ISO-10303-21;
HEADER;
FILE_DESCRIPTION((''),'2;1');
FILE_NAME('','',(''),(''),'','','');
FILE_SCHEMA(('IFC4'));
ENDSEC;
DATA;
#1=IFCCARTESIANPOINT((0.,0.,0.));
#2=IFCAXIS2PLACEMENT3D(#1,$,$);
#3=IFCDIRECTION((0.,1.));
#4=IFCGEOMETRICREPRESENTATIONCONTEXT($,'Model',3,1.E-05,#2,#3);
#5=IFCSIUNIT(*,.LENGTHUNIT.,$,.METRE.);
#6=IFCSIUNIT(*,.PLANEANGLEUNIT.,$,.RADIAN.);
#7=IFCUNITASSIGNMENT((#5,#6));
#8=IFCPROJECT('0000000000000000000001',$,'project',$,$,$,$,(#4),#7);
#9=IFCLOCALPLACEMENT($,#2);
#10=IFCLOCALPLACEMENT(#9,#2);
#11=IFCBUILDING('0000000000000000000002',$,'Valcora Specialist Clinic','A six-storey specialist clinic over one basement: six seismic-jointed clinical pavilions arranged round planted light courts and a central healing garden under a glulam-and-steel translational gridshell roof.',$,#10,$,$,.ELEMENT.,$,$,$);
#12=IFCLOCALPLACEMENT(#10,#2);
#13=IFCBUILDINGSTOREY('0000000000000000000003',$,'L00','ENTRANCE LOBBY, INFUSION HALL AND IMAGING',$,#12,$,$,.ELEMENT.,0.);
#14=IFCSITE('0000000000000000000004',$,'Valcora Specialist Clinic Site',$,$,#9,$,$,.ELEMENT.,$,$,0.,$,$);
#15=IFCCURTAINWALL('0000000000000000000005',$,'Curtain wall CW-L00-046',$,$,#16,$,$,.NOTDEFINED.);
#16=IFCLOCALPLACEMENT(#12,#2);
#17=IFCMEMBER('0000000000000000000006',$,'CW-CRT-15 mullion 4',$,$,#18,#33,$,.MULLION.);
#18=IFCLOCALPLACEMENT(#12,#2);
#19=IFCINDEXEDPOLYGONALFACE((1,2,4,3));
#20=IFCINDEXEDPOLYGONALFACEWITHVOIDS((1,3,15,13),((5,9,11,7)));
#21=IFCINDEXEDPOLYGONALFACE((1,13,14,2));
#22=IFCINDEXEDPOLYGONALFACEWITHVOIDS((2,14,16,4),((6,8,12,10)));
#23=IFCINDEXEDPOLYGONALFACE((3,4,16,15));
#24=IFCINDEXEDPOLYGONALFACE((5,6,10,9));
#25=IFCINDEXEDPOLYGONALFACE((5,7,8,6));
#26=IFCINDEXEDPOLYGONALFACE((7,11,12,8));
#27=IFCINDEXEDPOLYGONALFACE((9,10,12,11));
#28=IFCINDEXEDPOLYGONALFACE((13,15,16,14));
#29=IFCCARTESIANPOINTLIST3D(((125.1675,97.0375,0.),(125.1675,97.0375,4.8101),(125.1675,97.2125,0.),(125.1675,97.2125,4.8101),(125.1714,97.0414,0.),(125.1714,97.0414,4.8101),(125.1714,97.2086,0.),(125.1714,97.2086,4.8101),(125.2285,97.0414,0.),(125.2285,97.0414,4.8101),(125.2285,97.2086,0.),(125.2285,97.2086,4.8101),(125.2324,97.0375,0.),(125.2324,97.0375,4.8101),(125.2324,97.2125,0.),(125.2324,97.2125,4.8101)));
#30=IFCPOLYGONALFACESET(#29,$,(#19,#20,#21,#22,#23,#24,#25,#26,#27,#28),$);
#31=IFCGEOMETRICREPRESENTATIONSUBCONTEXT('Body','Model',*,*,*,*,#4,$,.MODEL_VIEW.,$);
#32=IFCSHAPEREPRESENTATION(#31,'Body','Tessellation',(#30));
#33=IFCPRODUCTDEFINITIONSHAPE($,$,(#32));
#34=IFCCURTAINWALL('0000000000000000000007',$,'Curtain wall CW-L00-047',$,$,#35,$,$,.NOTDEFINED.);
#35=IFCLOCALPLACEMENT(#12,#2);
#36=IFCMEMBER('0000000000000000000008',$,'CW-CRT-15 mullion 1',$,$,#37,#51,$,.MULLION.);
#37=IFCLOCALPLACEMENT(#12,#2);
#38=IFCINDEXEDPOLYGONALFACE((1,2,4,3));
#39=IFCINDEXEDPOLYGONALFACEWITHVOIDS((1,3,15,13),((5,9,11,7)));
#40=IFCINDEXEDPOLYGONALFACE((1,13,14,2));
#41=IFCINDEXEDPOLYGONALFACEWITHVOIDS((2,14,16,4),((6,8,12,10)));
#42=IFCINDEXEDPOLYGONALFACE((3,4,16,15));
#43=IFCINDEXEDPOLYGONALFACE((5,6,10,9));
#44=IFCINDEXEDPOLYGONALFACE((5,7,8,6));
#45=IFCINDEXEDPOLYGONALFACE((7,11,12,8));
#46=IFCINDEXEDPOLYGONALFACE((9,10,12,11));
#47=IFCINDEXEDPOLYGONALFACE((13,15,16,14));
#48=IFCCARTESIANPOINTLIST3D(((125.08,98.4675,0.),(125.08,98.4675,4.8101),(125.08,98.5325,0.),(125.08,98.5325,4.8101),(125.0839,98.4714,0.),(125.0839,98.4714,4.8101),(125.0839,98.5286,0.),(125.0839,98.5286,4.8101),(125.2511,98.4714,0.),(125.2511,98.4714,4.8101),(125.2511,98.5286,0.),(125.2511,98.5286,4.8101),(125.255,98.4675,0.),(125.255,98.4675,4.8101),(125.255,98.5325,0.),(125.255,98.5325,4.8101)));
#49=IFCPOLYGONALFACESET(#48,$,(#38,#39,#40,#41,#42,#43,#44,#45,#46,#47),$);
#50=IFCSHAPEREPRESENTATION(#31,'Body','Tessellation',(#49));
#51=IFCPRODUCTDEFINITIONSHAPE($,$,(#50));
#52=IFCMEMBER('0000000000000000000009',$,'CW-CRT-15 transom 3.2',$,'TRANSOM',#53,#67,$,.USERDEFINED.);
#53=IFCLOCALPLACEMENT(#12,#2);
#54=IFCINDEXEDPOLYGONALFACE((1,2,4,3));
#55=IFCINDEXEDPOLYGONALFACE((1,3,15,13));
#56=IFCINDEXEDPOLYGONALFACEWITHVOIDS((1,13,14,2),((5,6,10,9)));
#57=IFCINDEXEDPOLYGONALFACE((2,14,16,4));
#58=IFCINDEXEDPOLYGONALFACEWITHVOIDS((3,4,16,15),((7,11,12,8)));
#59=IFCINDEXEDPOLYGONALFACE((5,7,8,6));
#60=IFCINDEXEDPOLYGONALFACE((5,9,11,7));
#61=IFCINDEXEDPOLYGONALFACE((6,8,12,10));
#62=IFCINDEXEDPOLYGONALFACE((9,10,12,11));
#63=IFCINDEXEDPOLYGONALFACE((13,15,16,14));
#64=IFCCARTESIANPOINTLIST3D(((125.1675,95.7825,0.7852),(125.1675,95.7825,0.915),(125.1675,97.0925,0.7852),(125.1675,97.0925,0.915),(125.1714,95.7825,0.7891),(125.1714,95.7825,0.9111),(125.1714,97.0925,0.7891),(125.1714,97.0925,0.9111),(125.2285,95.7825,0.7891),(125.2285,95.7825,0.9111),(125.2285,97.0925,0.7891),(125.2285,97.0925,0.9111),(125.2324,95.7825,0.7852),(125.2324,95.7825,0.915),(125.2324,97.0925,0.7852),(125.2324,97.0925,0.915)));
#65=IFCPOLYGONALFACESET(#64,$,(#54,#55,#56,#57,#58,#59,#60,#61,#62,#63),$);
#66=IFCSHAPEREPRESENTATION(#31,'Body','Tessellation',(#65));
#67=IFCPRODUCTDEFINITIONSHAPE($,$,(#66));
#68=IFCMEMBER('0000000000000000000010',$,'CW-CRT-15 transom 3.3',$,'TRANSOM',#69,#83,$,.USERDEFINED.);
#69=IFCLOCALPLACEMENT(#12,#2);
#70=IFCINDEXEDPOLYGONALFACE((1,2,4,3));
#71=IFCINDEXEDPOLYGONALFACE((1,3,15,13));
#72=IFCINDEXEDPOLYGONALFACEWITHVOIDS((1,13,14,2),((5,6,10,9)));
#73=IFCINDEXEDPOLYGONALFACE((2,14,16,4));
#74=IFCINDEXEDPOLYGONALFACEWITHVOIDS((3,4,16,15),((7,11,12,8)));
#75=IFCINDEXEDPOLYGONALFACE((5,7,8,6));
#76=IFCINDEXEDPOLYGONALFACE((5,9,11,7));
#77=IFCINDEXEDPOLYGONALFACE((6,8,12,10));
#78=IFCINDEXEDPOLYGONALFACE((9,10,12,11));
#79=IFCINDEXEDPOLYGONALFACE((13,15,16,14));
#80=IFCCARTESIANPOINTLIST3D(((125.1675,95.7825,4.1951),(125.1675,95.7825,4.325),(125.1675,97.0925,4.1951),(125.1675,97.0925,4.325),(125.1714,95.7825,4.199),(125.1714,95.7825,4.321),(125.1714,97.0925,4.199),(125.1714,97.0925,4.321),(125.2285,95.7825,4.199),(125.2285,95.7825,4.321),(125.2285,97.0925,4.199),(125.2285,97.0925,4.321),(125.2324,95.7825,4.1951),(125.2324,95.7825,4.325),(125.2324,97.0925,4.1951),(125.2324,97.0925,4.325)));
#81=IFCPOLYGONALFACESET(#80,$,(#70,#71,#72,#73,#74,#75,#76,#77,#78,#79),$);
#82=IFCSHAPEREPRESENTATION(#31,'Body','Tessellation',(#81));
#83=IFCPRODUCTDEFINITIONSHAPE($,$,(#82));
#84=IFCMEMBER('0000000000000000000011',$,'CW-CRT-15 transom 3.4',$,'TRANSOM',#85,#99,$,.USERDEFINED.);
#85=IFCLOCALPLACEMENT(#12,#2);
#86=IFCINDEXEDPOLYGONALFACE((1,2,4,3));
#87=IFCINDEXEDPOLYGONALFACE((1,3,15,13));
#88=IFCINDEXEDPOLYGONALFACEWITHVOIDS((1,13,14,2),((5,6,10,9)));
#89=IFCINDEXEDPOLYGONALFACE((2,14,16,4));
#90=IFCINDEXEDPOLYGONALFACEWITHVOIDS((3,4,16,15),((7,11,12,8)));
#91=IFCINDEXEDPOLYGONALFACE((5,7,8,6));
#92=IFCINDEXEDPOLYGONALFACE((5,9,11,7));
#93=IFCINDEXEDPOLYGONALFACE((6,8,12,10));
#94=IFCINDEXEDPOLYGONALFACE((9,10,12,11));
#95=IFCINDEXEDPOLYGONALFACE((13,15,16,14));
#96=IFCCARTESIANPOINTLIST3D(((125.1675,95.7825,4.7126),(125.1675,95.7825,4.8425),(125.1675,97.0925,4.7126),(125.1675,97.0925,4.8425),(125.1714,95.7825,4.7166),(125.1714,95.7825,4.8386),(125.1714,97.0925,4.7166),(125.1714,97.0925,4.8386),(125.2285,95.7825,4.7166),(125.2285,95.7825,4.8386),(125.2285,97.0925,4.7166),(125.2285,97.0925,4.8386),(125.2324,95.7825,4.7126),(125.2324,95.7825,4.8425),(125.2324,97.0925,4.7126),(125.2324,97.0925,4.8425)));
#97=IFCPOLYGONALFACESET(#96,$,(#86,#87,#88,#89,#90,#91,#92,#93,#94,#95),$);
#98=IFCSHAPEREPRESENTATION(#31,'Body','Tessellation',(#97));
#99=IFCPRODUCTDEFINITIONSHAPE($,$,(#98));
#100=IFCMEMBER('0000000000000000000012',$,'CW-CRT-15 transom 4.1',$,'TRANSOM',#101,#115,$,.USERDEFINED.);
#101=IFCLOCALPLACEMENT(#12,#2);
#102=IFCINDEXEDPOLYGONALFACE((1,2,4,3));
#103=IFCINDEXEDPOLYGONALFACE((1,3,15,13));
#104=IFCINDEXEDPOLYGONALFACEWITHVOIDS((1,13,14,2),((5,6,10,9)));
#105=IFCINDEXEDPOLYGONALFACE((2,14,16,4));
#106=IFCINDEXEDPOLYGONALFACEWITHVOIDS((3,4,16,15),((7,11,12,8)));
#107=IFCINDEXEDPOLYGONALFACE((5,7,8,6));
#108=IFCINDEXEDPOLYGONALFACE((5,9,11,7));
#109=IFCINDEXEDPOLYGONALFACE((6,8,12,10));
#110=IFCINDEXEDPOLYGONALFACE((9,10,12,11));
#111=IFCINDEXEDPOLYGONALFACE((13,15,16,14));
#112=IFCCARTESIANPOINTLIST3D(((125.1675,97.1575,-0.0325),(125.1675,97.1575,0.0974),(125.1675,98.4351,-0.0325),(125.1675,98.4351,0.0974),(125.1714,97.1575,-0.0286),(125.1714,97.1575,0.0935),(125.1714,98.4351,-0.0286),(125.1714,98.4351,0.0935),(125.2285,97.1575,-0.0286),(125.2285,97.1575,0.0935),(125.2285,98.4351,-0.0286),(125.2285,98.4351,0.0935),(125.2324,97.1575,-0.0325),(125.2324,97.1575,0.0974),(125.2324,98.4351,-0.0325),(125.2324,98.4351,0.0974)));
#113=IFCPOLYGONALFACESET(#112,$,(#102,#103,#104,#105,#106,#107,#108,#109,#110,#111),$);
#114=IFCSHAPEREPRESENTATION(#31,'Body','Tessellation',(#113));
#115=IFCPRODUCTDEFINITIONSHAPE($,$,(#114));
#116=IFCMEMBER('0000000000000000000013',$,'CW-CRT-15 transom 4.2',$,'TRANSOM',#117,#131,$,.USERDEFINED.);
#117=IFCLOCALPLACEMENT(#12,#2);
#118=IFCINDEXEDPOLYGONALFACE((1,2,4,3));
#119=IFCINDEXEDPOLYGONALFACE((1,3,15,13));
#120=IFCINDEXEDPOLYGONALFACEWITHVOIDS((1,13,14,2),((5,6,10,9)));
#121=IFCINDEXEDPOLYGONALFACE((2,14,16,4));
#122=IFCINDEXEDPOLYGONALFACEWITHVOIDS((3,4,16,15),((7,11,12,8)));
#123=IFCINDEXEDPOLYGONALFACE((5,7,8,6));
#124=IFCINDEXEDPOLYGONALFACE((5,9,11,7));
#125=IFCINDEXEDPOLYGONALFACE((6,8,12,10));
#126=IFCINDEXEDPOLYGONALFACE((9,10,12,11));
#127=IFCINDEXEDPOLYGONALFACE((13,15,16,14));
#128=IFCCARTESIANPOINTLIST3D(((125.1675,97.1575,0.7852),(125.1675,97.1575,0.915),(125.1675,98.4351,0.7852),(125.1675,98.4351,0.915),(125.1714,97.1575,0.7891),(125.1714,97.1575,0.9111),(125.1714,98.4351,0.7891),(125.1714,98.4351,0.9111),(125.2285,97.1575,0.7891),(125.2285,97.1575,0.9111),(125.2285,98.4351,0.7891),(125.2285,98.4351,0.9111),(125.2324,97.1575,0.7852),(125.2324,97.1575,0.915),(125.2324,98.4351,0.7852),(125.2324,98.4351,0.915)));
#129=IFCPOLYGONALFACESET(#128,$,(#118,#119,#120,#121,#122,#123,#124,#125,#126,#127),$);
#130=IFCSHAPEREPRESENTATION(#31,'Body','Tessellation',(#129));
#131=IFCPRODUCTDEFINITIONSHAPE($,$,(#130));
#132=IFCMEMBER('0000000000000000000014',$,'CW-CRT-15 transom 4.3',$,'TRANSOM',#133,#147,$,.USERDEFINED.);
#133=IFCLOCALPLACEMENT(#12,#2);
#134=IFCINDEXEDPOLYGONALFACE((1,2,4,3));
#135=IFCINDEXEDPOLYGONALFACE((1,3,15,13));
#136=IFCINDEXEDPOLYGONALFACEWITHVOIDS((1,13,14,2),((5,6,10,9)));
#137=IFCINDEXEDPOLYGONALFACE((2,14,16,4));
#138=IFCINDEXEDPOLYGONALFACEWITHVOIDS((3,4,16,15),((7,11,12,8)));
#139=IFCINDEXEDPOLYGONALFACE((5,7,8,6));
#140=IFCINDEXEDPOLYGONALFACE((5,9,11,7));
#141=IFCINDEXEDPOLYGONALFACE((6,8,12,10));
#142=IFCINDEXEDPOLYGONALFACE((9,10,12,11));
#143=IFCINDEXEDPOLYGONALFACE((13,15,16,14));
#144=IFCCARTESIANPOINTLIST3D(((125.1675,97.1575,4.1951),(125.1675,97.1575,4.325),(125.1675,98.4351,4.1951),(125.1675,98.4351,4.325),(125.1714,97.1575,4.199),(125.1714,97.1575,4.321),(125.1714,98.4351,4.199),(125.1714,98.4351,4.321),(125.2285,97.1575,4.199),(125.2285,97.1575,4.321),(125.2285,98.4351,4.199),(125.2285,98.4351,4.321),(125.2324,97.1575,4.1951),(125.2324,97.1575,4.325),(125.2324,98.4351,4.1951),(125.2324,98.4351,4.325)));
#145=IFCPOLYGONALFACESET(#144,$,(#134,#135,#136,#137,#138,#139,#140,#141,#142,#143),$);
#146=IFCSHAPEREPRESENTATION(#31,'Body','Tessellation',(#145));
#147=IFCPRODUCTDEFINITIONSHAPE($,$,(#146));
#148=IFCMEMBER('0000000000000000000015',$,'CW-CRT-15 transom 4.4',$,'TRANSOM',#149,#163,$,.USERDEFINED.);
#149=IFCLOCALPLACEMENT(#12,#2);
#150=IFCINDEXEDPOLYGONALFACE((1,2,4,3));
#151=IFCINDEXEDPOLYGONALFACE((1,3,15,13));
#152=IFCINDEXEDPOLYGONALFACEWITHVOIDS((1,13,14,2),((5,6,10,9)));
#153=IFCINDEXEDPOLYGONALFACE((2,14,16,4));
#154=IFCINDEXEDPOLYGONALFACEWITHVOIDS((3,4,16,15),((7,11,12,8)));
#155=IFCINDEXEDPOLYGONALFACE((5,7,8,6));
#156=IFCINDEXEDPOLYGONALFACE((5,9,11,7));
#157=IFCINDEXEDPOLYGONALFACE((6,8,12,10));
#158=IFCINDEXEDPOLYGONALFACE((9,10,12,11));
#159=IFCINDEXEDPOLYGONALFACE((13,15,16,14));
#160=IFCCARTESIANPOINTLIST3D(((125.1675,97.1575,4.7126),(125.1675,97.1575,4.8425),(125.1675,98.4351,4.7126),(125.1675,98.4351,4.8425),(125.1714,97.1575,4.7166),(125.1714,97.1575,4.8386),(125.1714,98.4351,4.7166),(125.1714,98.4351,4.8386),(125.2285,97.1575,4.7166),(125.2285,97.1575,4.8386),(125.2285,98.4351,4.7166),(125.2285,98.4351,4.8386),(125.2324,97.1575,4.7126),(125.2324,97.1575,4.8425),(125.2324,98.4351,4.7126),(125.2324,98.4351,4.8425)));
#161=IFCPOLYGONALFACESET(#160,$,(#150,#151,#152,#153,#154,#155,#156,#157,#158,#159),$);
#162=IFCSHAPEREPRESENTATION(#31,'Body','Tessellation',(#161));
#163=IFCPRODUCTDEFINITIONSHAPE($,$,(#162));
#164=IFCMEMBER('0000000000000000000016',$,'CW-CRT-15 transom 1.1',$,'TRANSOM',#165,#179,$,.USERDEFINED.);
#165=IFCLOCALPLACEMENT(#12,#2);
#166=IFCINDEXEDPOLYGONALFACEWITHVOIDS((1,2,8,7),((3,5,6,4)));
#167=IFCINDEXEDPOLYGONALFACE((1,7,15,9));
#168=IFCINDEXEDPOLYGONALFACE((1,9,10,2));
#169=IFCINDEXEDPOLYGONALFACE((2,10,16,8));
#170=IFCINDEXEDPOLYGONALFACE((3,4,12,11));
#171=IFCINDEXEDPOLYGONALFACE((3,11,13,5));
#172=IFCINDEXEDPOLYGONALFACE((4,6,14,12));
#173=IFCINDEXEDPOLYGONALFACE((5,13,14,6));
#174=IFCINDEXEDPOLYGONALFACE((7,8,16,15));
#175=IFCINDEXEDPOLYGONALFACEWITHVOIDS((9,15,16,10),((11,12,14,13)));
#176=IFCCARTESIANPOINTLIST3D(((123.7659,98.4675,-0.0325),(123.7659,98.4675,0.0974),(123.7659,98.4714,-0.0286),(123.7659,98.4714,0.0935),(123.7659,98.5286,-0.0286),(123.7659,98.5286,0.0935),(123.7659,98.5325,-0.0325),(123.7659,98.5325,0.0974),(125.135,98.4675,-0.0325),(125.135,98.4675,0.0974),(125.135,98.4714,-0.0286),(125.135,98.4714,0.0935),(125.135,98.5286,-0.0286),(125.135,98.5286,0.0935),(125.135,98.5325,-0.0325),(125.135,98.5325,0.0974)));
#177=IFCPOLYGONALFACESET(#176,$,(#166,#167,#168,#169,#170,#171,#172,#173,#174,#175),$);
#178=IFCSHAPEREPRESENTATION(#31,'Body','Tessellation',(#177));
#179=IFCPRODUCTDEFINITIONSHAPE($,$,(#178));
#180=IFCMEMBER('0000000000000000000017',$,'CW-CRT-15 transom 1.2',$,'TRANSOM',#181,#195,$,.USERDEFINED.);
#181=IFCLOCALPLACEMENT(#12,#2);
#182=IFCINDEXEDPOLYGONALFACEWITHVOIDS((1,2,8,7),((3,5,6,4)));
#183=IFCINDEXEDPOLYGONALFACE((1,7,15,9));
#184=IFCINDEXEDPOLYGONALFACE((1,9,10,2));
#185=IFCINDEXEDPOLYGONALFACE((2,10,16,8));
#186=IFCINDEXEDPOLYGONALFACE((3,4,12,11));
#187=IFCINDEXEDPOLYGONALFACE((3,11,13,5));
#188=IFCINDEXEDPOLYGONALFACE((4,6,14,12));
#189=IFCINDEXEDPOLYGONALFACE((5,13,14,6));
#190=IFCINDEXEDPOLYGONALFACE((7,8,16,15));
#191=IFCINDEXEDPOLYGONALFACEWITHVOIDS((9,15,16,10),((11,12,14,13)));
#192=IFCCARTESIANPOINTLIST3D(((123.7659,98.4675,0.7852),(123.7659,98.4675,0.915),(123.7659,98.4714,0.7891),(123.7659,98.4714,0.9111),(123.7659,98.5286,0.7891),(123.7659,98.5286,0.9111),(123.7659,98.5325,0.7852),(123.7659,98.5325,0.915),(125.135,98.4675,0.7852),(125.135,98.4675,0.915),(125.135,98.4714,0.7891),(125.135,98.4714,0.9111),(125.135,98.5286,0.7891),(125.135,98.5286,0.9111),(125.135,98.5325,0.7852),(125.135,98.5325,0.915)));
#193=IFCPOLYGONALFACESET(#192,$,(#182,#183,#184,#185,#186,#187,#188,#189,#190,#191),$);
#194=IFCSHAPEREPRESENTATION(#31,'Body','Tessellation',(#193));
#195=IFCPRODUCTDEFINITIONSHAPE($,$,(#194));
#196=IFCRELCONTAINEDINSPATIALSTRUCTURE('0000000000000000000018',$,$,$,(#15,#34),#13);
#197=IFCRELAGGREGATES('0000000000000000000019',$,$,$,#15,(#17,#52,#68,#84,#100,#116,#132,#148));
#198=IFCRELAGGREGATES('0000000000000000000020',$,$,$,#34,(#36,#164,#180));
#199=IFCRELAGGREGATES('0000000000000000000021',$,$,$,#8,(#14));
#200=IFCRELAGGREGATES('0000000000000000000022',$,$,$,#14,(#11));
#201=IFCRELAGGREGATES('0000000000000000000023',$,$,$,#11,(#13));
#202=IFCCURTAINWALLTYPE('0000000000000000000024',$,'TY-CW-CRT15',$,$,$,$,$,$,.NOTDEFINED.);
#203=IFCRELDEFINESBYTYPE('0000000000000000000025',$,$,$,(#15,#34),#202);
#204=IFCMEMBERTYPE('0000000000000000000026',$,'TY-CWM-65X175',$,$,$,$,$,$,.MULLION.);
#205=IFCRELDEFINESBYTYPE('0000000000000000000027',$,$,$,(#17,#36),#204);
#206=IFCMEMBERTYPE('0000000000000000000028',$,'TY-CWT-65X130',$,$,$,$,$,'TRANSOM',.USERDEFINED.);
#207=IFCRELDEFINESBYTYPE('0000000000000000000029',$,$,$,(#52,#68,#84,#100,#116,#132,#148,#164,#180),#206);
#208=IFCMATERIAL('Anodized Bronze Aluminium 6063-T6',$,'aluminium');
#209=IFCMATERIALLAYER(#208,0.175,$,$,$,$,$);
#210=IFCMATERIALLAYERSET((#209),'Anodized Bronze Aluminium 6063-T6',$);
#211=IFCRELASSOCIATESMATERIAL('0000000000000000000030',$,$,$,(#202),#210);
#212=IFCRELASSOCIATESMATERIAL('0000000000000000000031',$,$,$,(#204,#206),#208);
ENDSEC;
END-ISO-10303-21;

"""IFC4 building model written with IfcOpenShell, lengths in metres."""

from ifc_helpers import new_model, si_unit, direction, frame, origin, origin_2d, place, context, subcontext, project, spatial, hollow_rectangle, extrude, material, layer, layer_set, material_profile, profile_set, type_object, element, aggregate, save


model = new_model("IFC4")

# Units and contexts
model_context = context("Model", 3, precision=1e-05, world=origin(), true_north=direction((0.0, 1.0)))
body_context = subcontext(model_context, "Body", "Model", "MODEL_VIEW")
ifc_project = project(units=[si_unit("LENGTHUNIT", "METRE"), si_unit("PLANEANGLEUNIT", "RADIAN")], contexts=[model_context])

# Site, building, storey
site_placement = place(None, origin())
site = spatial("IfcSite", under=ifc_project, at=site_placement, Name="Valcora Specialist Clinic Site", CompositionType="ELEMENT", RefElevation=0.0)
building_placement = place(site_placement, origin())
building = spatial("IfcBuilding", under=site, at=building_placement, Name="Valcora Specialist Clinic", Description="A six-storey specialist clinic over one basement: six seismic-jointed clinical pavilions arranged round planted light courts and a central healing garden under a glulam-and-steel translational gridshell roof.", CompositionType="ELEMENT")
storey_placement = place(building_placement, origin())
storey = spatial("IfcBuildingStorey", under=building, at=storey_placement, Name="L00", Description="ENTRANCE LOBBY, INFUSION HALL AND IMAGING", CompositionType="ELEMENT", Elevation=0.0)

# Curtain walls, members
ifc_material_1 = material(Name="Anodized Bronze Aluminium 6063-T6", Category="aluminium")
ifc_layer_1 = layer(ifc_material_1, 0.175)
ifc_layer_set_1 = layer_set([ifc_layer_1], Name="Anodized Bronze Aluminium 6063-T6")
curtain_wall_type = type_object("IfcCurtainWallType", Name="TY-CW-CRT15", PredefinedType="NOTDEFINED", material=ifc_layer_set_1)
curtain_wall_1_placement = place(storey_placement, origin())
curtain_wall_1 = element("IfcCurtainWall", 1, at=curtain_wall_1_placement, inside=storey, type_object=curtain_wall_type, Name="Curtain wall CW-L00-046", PredefinedType="NOTDEFINED")
ifc_material_profile_1 = material_profile(ifc_material_1, hollow_rectangle(XDim=0.0649, YDim=0.175, WallThickness=0.0039, at=origin_2d()), Name="AL-MUL-65X175")
ifc_profile_set_1 = profile_set([ifc_material_profile_1], Name="Anodized Bronze Aluminium 6063-T6")
member_type_1 = type_object("IfcMemberType", Name="TY-CWM-65X175", PredefinedType="MULLION", material=ifc_profile_set_1)
member_1_placement = place(storey_placement, frame((125.2, 97.125, 0.0), z_axis=(0.0, 0.0, 1.0), x_axis=(-1.0, 0.0, 0.0)))
member_1 = element("IfcMember", 2, at=member_1_placement, type_object=member_type_1, Name="CW-CRT-15 mullion 4", PredefinedType="MULLION", context=body_context, shape_type="SweptSolid", body=[
    extrude(hollow_rectangle(XDim=0.0649, YDim=0.175, WallThickness=0.0039, at=origin_2d()), origin(), (0.0, 0.0, 1.0), 4.8101),
])
curtain_wall_2_placement = place(storey_placement, origin())
curtain_wall_2 = element("IfcCurtainWall", 3, at=curtain_wall_2_placement, inside=storey, type_object=curtain_wall_type, Name="Curtain wall CW-L00-047", PredefinedType="NOTDEFINED")
member_2_placement = place(storey_placement, frame((125.1675, 98.5, 0.0), z_axis=(0.0, 0.0, 1.0), x_axis=(0.0, -1.0, 0.0)))
member_2 = element("IfcMember", 4, at=member_2_placement, type_object=member_type_1, Name="CW-CRT-15 mullion 1", PredefinedType="MULLION", context=body_context, shape_type="SweptSolid", body=[
    extrude(hollow_rectangle(XDim=0.0649, YDim=0.175, WallThickness=0.0039, at=origin_2d()), origin(), (0.0, 0.0, 1.0), 4.8101),
])

# Members
ifc_material_profile_2 = material_profile(ifc_material_1, hollow_rectangle(XDim=0.0649, YDim=0.1299, WallThickness=0.0039, at=origin_2d()), Name="AL-TRN-65X130")
ifc_profile_set_2 = profile_set([ifc_material_profile_2], Name="Anodized Bronze Aluminium 6063-T6")
member_type_2 = type_object("IfcMemberType", Name="TY-CWT-65X130", ElementType="TRANSOM", PredefinedType="USERDEFINED", material=ifc_profile_set_2)
member_3_placement = place(storey_placement, frame((125.2, 95.7825, 0.8501), z_axis=(0.0, 1.0, 0.0), x_axis=(-1.0, 0.0, 0.0)))
member_3 = element("IfcMember", 5, at=member_3_placement, type_object=member_type_2, Name="CW-CRT-15 transom 3.2", ObjectType="TRANSOM", PredefinedType="USERDEFINED", context=body_context, shape_type="SweptSolid", body=[
    extrude(hollow_rectangle(XDim=0.0649, YDim=0.1299, WallThickness=0.0039, at=origin_2d()), origin(), (0.0, 0.0, 1.0), 1.3101),
])
member_4_placement = place(storey_placement, frame((125.2, 95.7825, 4.26), z_axis=(0.0, 1.0, 0.0), x_axis=(-1.0, 0.0, 0.0)))
member_4 = element("IfcMember", 6, at=member_4_placement, type_object=member_type_2, Name="CW-CRT-15 transom 3.3", ObjectType="TRANSOM", PredefinedType="USERDEFINED", context=body_context, shape_type="SweptSolid", body=[
    extrude(hollow_rectangle(XDim=0.0649, YDim=0.1299, WallThickness=0.0039, at=origin_2d()), origin(), (0.0, 0.0, 1.0), 1.3101),
])
member_5_placement = place(storey_placement, frame((125.2, 95.7825, 4.7776), z_axis=(0.0, 1.0, 0.0), x_axis=(-1.0, 0.0, 0.0)))
member_5 = element("IfcMember", 7, at=member_5_placement, type_object=member_type_2, Name="CW-CRT-15 transom 3.4", ObjectType="TRANSOM", PredefinedType="USERDEFINED", context=body_context, shape_type="SweptSolid", body=[
    extrude(hollow_rectangle(XDim=0.0649, YDim=0.1299, WallThickness=0.0039, at=origin_2d()), origin(), (0.0, 0.0, 1.0), 1.3101),
])
member_6_placement = place(storey_placement, frame((125.2, 97.1575, 0.0325), z_axis=(0.0, 1.0, 0.0), x_axis=(-1.0, 0.0, 0.0)))
member_6 = element("IfcMember", 8, at=member_6_placement, type_object=member_type_2, Name="CW-CRT-15 transom 4.1", ObjectType="TRANSOM", PredefinedType="USERDEFINED", context=body_context, shape_type="SweptSolid", body=[
    extrude(hollow_rectangle(XDim=0.0649, YDim=0.1299, WallThickness=0.0039, at=origin_2d()), origin(), (0.0, 0.0, 1.0), 1.2776),
])
member_7_placement = place(storey_placement, frame((125.2, 97.1575, 0.8501), z_axis=(0.0, 1.0, 0.0), x_axis=(-1.0, 0.0, 0.0)))
member_7 = element("IfcMember", 9, at=member_7_placement, type_object=member_type_2, Name="CW-CRT-15 transom 4.2", ObjectType="TRANSOM", PredefinedType="USERDEFINED", context=body_context, shape_type="SweptSolid", body=[
    extrude(hollow_rectangle(XDim=0.0649, YDim=0.1299, WallThickness=0.0039, at=origin_2d()), origin(), (0.0, 0.0, 1.0), 1.2776),
])
member_8_placement = place(storey_placement, frame((125.2, 97.1575, 4.26), z_axis=(0.0, 1.0, 0.0), x_axis=(-1.0, 0.0, 0.0)))
member_8 = element("IfcMember", 10, at=member_8_placement, type_object=member_type_2, Name="CW-CRT-15 transom 4.3", ObjectType="TRANSOM", PredefinedType="USERDEFINED", context=body_context, shape_type="SweptSolid", body=[
    extrude(hollow_rectangle(XDim=0.0649, YDim=0.1299, WallThickness=0.0039, at=origin_2d()), origin(), (0.0, 0.0, 1.0), 1.2776),
])
member_9_placement = place(storey_placement, frame((125.2, 97.1575, 4.7776), z_axis=(0.0, 1.0, 0.0), x_axis=(-1.0, 0.0, 0.0)))
member_9 = element("IfcMember", 11, at=member_9_placement, type_object=member_type_2, Name="CW-CRT-15 transom 4.4", ObjectType="TRANSOM", PredefinedType="USERDEFINED", context=body_context, shape_type="SweptSolid", body=[
    extrude(hollow_rectangle(XDim=0.0649, YDim=0.1299, WallThickness=0.0039, at=origin_2d()), origin(), (0.0, 0.0, 1.0), 1.2776),
])
member_10_placement = place(storey_placement, frame((125.135, 98.5, 0.0325), z_axis=(-1.0, 0.0, 0.0), x_axis=(0.0, -1.0, 0.0)))
member_10 = element("IfcMember", 12, at=member_10_placement, type_object=member_type_2, Name="CW-CRT-15 transom 1.1", ObjectType="TRANSOM", PredefinedType="USERDEFINED", context=body_context, shape_type="SweptSolid", body=[
    extrude(hollow_rectangle(XDim=0.0649, YDim=0.1299, WallThickness=0.0039, at=origin_2d()), origin(), (0.0, 0.0, 1.0), 1.3691),
])
member_11_placement = place(storey_placement, frame((125.135, 98.5, 0.8501), z_axis=(-1.0, 0.0, 0.0), x_axis=(0.0, -1.0, 0.0)))
member_11 = element("IfcMember", 13, at=member_11_placement, type_object=member_type_2, Name="CW-CRT-15 transom 1.2", ObjectType="TRANSOM", PredefinedType="USERDEFINED", context=body_context, shape_type="SweptSolid", body=[
    extrude(hollow_rectangle(XDim=0.0649, YDim=0.1299, WallThickness=0.0039, at=origin_2d()), origin(), (0.0, 0.0, 1.0), 1.3691),
])

aggregate(curtain_wall_1, [member_1, member_3, member_4, member_5, member_6, member_7, member_8, member_9])
aggregate(curtain_wall_2, [member_2, member_10, member_11])

save(model, "model.ifc")
